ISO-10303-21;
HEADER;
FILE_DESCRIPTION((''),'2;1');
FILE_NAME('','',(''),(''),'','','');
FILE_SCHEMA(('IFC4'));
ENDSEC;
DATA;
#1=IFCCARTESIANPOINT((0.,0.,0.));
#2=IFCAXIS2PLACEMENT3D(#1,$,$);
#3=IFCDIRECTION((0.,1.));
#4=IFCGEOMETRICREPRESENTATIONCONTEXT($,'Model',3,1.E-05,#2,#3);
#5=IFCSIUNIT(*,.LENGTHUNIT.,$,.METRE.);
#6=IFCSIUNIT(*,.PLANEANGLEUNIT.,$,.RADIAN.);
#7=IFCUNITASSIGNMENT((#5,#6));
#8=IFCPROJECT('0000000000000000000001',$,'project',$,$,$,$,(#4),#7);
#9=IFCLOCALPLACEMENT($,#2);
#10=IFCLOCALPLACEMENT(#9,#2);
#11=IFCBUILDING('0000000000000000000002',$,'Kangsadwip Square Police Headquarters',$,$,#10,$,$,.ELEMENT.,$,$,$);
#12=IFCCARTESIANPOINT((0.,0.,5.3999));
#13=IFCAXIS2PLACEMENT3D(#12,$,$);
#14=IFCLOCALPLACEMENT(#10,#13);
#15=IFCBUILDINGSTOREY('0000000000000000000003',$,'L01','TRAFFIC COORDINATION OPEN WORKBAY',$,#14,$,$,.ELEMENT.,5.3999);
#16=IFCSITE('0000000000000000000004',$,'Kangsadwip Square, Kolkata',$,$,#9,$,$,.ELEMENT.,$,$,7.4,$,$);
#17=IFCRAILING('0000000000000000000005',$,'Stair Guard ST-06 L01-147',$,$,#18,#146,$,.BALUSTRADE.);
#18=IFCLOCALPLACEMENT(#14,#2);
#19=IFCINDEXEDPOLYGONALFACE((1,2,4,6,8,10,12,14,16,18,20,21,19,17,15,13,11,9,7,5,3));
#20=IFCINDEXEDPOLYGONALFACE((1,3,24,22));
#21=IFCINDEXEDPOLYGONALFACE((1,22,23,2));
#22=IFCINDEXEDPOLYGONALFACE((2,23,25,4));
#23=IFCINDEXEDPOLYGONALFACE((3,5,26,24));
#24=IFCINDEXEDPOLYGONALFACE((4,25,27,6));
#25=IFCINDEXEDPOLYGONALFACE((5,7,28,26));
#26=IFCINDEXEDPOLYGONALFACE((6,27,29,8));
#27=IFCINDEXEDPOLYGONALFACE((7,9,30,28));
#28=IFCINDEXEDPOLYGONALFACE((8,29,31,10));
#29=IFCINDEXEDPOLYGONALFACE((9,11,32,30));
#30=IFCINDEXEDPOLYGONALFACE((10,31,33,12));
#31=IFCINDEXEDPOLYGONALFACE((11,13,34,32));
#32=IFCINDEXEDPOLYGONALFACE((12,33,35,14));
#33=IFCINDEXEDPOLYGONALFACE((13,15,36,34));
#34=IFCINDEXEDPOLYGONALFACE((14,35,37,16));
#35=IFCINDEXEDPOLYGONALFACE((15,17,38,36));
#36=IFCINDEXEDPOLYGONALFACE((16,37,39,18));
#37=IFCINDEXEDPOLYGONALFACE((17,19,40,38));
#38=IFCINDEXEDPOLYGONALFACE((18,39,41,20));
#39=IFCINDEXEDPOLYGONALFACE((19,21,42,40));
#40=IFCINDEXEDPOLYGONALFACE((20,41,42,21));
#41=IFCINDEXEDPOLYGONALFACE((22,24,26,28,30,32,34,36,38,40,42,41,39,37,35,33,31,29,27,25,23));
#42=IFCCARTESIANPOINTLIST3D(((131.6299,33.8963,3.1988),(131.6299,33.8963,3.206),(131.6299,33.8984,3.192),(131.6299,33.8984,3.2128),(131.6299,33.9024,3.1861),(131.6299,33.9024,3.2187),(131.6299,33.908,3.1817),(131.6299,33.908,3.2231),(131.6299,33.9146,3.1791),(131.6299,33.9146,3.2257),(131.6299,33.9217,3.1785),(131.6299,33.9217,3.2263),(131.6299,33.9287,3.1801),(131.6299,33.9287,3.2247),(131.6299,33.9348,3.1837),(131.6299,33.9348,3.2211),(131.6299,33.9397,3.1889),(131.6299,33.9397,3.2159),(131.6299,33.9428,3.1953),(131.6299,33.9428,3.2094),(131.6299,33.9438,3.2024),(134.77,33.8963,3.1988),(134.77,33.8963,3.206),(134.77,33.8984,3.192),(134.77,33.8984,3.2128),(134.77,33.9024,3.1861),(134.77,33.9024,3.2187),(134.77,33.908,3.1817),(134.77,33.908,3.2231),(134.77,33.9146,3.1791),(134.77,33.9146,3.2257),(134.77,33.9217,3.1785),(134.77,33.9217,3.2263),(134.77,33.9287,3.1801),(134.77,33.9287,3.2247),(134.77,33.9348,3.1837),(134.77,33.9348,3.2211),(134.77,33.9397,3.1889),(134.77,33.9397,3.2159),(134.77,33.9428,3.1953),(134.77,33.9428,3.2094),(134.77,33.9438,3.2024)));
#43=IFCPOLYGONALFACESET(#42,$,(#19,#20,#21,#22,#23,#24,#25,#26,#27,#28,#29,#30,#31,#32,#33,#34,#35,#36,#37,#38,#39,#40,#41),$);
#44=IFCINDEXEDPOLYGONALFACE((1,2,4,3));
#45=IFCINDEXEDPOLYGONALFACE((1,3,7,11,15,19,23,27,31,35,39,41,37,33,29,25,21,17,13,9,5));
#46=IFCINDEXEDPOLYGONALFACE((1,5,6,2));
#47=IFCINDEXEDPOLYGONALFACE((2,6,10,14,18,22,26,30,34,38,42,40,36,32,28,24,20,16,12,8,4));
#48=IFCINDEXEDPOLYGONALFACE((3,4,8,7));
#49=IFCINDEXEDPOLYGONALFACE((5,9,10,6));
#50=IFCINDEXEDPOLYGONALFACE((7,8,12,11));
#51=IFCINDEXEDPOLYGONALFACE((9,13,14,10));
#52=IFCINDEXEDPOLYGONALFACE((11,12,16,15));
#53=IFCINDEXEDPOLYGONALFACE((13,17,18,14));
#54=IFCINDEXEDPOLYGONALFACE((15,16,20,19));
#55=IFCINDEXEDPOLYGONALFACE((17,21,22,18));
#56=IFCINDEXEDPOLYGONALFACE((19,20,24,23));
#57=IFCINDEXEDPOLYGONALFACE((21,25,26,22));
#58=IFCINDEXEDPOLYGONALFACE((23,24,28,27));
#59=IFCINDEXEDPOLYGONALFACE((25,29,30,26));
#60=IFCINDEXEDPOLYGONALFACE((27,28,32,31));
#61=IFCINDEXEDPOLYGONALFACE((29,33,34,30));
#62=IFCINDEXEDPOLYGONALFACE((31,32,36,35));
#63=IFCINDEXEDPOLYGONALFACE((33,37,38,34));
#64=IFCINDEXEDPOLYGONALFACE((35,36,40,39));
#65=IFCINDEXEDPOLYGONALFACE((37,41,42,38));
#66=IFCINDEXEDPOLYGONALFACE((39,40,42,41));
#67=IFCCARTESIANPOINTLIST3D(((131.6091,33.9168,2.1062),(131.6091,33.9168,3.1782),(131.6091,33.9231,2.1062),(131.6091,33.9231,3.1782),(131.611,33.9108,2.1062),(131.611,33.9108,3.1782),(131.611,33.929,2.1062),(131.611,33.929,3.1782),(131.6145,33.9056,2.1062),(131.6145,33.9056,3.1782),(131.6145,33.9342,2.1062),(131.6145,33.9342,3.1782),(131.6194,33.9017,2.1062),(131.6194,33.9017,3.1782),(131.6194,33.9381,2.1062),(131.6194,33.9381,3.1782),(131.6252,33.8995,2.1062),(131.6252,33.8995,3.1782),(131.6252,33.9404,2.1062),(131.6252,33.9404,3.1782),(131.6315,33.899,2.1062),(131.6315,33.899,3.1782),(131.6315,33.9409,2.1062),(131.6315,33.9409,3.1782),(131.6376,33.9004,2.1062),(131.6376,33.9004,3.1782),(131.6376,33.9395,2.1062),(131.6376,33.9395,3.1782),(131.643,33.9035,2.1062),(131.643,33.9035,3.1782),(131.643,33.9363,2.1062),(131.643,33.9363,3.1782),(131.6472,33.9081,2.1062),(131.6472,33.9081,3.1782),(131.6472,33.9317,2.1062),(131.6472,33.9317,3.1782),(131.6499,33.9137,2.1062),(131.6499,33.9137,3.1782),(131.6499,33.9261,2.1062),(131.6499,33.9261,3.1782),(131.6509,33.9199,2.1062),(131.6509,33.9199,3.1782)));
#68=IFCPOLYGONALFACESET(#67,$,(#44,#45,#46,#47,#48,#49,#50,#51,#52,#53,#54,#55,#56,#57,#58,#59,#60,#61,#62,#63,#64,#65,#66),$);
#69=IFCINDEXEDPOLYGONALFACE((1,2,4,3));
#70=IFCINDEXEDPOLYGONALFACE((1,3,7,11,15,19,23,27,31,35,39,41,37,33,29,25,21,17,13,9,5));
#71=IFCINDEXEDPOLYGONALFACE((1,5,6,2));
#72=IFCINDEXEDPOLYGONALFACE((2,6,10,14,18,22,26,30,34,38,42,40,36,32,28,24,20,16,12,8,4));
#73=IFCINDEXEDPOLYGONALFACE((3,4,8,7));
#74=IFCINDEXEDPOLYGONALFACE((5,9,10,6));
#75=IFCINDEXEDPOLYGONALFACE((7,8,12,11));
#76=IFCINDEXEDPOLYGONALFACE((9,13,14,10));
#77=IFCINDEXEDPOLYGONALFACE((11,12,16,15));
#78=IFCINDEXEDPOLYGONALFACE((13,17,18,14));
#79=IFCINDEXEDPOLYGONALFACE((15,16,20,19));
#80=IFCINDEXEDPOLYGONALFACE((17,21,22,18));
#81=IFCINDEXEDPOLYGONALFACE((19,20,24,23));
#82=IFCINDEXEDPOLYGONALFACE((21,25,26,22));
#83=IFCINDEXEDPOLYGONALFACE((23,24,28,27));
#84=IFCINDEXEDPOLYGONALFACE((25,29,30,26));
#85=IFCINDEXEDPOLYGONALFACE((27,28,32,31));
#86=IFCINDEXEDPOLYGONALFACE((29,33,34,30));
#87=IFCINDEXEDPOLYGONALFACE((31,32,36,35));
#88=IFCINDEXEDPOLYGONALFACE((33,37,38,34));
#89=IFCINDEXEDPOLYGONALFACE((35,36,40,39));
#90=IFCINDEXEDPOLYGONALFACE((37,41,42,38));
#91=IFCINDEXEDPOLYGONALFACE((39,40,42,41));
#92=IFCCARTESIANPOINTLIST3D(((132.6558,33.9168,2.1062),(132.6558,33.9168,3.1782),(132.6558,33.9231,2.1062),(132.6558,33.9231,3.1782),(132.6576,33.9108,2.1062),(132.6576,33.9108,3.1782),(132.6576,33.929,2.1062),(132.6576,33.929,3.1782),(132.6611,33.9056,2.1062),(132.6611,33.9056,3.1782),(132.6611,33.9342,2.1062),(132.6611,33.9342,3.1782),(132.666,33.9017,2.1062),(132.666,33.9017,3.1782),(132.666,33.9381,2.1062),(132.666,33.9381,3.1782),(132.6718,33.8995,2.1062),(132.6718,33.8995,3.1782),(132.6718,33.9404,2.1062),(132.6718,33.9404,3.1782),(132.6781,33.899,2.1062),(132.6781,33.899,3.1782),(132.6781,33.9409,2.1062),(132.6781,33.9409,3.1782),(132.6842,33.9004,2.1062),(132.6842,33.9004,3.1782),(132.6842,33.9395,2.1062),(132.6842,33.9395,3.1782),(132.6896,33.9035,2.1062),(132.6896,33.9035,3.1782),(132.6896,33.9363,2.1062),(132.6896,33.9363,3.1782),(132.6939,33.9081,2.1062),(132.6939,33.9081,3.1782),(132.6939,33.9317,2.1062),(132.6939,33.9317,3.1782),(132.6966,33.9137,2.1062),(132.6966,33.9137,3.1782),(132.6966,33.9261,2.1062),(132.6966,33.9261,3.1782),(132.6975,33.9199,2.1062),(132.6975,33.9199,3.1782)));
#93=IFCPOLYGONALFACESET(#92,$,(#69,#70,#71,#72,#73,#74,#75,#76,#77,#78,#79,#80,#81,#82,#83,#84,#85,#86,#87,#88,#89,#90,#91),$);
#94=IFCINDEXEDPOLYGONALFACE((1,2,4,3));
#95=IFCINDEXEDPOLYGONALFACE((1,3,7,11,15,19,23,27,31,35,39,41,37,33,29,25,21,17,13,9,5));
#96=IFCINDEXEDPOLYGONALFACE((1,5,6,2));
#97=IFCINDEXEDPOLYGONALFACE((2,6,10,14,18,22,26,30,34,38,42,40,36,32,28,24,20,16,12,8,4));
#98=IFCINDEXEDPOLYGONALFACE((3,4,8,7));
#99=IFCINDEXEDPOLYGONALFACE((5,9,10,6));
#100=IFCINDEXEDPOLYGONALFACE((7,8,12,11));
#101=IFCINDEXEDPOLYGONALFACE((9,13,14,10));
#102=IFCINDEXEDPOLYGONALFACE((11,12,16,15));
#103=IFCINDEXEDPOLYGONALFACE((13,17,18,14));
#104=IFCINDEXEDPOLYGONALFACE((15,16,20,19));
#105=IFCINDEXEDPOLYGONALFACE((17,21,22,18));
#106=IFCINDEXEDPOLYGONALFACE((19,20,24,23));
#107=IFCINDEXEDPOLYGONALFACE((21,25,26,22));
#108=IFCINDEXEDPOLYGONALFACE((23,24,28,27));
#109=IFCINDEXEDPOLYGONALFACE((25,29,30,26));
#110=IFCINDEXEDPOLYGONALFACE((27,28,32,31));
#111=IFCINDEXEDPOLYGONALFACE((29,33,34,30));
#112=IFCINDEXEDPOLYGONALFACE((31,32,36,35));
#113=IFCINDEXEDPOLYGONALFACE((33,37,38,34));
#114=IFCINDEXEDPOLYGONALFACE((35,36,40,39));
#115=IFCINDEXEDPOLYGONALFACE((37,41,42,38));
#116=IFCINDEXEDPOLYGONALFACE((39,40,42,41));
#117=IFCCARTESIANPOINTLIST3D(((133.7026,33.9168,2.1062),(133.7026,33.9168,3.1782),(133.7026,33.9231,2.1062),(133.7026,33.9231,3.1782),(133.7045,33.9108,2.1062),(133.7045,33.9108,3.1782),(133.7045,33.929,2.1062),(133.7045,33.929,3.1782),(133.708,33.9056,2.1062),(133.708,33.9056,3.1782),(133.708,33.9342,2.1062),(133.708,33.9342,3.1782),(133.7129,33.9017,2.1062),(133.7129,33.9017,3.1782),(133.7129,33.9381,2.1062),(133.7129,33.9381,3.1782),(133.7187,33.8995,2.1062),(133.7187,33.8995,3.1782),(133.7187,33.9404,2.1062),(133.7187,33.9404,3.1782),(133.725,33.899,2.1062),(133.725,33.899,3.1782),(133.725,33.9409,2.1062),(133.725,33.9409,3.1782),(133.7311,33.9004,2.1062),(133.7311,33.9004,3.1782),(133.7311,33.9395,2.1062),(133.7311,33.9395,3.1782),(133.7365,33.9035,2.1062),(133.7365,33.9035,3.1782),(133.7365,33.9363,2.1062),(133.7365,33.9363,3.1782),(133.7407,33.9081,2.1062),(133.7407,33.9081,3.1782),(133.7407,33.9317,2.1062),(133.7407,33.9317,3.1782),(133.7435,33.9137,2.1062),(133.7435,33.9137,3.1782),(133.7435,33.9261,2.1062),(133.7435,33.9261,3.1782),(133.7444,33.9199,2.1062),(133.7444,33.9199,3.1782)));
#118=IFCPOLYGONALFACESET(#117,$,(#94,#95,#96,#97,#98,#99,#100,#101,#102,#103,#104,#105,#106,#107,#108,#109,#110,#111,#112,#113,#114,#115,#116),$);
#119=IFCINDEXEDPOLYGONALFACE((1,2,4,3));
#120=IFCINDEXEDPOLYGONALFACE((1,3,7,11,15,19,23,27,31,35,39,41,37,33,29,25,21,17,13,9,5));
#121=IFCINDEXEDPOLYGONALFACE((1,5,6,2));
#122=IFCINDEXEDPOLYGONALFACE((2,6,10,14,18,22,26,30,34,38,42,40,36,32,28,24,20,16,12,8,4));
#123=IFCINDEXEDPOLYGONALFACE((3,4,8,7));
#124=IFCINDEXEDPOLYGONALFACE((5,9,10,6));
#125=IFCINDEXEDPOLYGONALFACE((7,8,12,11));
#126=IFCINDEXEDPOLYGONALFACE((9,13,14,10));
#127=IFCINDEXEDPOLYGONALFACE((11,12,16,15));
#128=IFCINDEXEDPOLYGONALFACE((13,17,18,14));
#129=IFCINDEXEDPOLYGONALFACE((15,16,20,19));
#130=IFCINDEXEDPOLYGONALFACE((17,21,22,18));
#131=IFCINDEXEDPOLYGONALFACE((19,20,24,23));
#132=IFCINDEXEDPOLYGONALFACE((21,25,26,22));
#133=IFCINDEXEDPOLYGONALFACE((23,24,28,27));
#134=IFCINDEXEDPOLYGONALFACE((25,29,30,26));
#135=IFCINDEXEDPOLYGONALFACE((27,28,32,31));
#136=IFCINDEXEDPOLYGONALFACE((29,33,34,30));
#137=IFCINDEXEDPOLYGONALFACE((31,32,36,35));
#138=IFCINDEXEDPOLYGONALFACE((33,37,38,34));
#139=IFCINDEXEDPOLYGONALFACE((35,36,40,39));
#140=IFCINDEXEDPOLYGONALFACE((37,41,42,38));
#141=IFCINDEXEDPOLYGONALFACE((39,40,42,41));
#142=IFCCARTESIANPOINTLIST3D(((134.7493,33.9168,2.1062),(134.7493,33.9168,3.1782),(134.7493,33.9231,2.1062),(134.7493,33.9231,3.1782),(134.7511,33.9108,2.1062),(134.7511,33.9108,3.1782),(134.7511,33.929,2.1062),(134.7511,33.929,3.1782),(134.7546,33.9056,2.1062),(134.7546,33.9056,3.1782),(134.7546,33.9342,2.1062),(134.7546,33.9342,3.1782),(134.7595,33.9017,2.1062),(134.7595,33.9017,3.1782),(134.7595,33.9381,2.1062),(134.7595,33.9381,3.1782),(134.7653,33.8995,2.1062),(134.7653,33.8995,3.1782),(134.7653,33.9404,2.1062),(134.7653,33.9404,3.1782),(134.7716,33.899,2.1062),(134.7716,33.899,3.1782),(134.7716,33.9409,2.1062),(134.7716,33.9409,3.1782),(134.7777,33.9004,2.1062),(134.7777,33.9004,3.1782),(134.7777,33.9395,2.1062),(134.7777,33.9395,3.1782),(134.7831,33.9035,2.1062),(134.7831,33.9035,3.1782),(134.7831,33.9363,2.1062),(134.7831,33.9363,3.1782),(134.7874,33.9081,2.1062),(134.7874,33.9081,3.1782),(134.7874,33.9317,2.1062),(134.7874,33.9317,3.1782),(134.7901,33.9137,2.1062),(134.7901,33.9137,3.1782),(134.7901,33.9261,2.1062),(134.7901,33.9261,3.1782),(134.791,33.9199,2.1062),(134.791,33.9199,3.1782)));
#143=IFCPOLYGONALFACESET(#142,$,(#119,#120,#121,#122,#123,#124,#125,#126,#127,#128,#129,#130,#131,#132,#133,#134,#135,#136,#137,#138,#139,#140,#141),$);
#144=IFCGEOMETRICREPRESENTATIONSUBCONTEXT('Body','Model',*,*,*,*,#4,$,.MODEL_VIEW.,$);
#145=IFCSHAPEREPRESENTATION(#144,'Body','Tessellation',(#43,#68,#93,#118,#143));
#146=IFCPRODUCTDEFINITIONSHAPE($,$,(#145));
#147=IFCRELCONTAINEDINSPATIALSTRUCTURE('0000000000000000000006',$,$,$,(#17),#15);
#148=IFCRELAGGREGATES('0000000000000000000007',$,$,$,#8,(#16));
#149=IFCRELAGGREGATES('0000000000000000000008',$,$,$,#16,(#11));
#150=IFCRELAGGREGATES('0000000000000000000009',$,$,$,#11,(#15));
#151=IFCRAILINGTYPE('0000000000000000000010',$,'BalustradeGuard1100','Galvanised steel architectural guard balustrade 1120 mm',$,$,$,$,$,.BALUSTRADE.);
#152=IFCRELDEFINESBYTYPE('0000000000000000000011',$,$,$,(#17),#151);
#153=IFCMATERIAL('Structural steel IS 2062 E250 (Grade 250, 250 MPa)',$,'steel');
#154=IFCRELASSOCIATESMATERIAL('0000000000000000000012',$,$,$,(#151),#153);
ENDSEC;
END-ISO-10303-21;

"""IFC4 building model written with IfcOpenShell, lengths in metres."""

from ifc_helpers import new_model, si_unit, direction, frame, origin, origin_2d, place, context, subcontext, project, spatial, circle, extrude, material, type_object, element, save


model = new_model("IFC4")

# Units and contexts
model_context = context("Model", 3, precision=1e-05, world=origin(), true_north=direction((0.0, 1.0)))
body_context = subcontext(model_context, "Body", "Model", "MODEL_VIEW")
ifc_project = project(units=[si_unit("LENGTHUNIT", "METRE"), si_unit("PLANEANGLEUNIT", "RADIAN")], contexts=[model_context])

# Site, building, storey
site_placement = place(None, origin())
site = spatial("IfcSite", under=ifc_project, at=site_placement, Name="Kangsadwip Square, Kolkata", CompositionType="ELEMENT", RefElevation=7.4)
building_placement = place(site_placement, origin())
building = spatial("IfcBuilding", under=site, at=building_placement, Name="Kangsadwip Square Police Headquarters", CompositionType="ELEMENT")
storey_placement = place(building_placement, frame((0.0, 0.0, 5.3999)))
storey = spatial("IfcBuildingStorey", under=building, at=storey_placement, Name="L01", Description="TRAFFIC COORDINATION OPEN WORKBAY", CompositionType="ELEMENT", Elevation=5.3999)

# Railing
ifc_material_1 = material(Name="Structural steel IS 2062 E250 (Grade 250, 250 MPa)", Category="steel")
railing_type_1 = type_object("IfcRailingType", Name="BalustradeGuard1100", Description="Galvanised steel architectural guard balustrade 1120 mm", PredefinedType="BALUSTRADE", material=ifc_material_1)
for number, where, name in (
    (1, (131.6299, 33.9199, 2.1062), "Stair Guard ST-06 L01-147"),
):
    element("IfcRailing", number, at=place(storey_placement, frame(where)), inside=storey, type_object=railing_type_1, Name=name, PredefinedType="BALUSTRADE", context=body_context, shape_type="SweptSolid", body=[
        extrude(circle(Radius=0.0239, at=origin_2d()), frame((0.0, 0.0, 1.0962), z_axis=(1.0, 0.0, 0.0), x_axis=(0.0, 1.0, 0.0)), (0.0, 0.0, 1.0), 3.1401),
        extrude(circle(Radius=0.021, at=origin_2d()), origin(), (0.0, 0.0, 1.0), 1.072),
        extrude(circle(Radius=0.021, at=origin_2d()), frame((1.0466, 0.0, 0.0)), (0.0, 0.0, 1.0), 1.072),
        extrude(circle(Radius=0.021, at=origin_2d()), frame((2.0935, 0.0, 0.0)), (0.0, 0.0, 1.0), 1.072),
        extrude(circle(Radius=0.021, at=origin_2d()), frame((3.1401, 0.0, 0.0)), (0.0, 0.0, 1.0), 1.072),
    ])

save(model, "model.ifc")
